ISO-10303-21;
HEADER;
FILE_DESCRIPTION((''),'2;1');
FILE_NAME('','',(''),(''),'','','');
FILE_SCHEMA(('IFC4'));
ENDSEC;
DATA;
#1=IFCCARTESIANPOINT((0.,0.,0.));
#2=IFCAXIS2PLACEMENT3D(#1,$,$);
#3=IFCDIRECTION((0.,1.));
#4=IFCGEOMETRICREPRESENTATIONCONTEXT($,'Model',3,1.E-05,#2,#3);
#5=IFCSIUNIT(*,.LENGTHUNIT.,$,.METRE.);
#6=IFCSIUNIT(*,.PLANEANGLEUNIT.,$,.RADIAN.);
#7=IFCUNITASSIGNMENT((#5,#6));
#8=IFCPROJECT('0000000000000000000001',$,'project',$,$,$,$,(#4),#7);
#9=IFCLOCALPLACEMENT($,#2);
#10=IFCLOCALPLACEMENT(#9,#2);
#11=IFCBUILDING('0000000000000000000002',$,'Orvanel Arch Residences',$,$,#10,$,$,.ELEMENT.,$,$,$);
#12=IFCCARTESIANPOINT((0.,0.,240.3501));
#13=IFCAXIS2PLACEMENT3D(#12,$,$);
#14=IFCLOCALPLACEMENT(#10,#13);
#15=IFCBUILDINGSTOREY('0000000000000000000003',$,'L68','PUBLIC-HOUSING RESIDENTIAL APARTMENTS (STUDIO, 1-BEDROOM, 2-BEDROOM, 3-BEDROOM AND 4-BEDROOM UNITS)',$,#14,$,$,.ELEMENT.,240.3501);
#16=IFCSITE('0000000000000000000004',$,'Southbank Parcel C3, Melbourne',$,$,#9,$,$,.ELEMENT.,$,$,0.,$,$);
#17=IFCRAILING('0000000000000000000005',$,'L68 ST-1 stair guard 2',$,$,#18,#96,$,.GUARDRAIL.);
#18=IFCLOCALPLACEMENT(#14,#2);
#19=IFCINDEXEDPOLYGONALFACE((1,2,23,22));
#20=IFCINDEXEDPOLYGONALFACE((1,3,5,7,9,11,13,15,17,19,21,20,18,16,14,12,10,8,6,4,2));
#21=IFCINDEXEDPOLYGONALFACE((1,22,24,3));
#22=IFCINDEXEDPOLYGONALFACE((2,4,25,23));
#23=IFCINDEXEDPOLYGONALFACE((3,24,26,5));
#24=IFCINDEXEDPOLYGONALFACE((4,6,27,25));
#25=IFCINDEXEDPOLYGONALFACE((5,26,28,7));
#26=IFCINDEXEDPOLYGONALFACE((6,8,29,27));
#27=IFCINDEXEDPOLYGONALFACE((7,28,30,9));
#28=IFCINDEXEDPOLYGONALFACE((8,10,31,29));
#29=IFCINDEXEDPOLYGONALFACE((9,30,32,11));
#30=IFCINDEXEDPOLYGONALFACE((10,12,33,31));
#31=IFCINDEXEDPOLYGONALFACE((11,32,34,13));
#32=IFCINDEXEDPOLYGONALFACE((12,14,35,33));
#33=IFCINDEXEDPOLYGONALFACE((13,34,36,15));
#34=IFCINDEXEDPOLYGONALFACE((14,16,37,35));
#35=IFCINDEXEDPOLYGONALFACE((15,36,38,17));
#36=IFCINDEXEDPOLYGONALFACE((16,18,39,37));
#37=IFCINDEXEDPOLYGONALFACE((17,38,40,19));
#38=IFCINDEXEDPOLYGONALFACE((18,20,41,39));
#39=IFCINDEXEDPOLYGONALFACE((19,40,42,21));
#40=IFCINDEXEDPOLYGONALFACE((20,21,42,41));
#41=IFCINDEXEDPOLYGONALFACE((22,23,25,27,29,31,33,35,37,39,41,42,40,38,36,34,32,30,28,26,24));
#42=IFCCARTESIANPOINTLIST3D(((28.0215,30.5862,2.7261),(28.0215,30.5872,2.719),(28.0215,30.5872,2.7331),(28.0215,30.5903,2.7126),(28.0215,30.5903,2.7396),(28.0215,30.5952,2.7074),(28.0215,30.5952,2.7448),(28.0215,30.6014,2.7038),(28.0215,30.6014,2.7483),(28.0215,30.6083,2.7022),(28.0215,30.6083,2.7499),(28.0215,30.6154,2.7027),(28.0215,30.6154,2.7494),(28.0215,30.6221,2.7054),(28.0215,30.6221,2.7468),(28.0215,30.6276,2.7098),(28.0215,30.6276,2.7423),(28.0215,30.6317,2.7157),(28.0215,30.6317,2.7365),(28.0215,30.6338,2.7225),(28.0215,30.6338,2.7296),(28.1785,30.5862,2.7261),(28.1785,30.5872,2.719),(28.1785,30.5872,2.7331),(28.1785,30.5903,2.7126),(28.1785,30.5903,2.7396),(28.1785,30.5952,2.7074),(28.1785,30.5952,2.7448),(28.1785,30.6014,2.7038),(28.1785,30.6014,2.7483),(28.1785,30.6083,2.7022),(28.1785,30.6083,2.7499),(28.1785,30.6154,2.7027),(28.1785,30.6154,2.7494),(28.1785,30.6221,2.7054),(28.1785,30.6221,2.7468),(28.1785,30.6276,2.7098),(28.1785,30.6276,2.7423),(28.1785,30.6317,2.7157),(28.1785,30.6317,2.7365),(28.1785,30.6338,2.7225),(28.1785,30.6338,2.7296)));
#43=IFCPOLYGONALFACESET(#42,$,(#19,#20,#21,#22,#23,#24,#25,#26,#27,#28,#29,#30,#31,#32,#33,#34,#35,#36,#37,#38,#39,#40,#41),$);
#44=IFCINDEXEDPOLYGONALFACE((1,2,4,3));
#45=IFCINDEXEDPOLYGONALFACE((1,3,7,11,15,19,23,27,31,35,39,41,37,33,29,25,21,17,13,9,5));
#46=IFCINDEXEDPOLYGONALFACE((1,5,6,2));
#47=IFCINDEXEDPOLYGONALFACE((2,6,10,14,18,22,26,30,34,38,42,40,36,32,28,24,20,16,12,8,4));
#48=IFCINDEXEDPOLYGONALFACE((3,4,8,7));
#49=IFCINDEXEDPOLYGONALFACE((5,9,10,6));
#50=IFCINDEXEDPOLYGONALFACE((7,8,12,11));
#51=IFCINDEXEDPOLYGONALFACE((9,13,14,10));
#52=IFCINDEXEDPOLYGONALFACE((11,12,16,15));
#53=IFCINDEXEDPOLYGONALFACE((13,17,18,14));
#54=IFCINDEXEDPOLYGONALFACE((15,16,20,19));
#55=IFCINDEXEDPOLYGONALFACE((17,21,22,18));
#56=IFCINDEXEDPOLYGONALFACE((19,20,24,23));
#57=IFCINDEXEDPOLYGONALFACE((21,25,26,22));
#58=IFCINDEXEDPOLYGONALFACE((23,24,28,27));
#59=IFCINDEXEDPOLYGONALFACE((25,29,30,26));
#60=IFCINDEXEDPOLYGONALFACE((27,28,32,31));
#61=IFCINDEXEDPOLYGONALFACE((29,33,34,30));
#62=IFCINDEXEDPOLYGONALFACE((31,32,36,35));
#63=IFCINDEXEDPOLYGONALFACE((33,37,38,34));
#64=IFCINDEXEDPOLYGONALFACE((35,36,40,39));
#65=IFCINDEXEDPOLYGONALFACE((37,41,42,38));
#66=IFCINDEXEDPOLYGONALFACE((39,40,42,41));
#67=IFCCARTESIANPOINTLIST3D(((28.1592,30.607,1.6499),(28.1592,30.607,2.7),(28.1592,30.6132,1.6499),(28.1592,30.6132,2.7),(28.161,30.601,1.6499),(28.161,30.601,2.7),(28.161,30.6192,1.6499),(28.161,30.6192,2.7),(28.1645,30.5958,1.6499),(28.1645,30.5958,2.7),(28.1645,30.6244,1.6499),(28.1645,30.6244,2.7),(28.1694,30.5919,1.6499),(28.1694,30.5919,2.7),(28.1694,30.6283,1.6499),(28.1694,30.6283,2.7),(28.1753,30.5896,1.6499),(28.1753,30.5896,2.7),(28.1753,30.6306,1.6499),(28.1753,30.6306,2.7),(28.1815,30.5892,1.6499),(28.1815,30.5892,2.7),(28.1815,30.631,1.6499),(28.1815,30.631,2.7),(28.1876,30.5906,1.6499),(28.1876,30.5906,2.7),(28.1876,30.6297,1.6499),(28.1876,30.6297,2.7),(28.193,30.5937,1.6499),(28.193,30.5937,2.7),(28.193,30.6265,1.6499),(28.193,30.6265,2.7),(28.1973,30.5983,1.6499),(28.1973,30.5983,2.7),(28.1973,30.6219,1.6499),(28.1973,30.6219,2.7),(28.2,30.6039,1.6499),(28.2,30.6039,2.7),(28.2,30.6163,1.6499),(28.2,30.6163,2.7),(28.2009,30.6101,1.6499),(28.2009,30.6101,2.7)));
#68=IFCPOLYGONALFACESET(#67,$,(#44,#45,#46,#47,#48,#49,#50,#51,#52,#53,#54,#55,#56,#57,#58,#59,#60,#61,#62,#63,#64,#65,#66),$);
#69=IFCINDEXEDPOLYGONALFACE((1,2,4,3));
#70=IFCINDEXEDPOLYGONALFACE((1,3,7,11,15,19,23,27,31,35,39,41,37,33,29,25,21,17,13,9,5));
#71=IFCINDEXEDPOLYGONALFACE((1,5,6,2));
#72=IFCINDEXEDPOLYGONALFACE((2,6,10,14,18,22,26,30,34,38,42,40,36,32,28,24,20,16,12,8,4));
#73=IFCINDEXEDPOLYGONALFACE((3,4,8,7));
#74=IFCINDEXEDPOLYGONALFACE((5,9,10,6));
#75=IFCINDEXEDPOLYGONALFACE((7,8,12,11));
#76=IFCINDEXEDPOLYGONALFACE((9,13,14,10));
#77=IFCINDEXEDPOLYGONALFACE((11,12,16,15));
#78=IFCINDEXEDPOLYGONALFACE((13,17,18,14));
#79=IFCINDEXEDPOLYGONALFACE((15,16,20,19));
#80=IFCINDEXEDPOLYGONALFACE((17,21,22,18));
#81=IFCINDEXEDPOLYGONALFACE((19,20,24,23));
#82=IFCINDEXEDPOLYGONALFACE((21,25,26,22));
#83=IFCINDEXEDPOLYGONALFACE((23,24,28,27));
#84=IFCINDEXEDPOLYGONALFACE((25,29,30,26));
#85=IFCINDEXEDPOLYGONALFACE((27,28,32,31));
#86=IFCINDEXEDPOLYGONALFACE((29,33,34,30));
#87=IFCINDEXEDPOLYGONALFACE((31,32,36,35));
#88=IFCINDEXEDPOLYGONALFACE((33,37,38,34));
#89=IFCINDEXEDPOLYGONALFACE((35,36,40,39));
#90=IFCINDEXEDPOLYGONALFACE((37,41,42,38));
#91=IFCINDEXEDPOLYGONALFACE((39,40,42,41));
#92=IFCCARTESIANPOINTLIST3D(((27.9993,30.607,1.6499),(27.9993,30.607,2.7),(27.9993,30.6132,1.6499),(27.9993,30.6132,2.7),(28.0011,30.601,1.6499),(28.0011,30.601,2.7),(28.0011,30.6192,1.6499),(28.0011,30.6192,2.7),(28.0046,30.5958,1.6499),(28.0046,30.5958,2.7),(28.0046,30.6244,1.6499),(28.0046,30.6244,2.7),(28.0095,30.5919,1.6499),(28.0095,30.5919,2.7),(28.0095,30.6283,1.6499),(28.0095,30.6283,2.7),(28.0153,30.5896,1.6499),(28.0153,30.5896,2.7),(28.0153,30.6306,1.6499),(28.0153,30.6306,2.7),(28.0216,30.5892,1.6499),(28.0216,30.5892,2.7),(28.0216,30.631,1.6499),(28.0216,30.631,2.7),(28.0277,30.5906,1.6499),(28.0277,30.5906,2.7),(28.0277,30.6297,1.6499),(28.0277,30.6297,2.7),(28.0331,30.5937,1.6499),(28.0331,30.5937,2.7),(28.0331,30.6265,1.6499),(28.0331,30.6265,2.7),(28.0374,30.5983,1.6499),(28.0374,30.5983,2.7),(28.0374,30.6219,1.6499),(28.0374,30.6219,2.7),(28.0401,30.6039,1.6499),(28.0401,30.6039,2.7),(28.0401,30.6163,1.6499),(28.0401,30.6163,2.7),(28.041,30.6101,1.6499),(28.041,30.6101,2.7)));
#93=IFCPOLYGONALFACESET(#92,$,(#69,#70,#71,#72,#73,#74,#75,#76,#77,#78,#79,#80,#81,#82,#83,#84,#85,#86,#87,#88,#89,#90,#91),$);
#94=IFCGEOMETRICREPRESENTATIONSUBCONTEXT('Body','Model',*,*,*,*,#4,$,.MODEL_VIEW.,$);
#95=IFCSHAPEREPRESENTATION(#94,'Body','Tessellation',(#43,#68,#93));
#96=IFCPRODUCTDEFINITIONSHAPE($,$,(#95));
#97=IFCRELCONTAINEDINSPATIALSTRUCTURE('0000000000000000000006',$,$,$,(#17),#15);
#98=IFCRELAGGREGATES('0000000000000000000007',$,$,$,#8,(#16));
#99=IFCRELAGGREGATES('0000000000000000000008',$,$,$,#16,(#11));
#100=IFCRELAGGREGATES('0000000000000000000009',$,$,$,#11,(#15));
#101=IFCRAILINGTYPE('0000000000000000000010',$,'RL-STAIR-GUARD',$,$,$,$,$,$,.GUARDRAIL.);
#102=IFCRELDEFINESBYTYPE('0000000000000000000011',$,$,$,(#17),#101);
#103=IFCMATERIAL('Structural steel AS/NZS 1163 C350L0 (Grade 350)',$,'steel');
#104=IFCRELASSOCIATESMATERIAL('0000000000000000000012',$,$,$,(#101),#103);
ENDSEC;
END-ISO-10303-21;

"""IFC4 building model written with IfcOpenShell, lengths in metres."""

from ifc_helpers import new_model, si_unit, direction, frame, origin, origin_2d, place, context, subcontext, project, spatial, circle, extrude, material, type_object, element, save


model = new_model("IFC4")

# Units and contexts
model_context = context("Model", 3, precision=1e-05, world=origin(), true_north=direction((0.0, 1.0)))
body_context = subcontext(model_context, "Body", "Model", "MODEL_VIEW")
ifc_project = project(units=[si_unit("LENGTHUNIT", "METRE"), si_unit("PLANEANGLEUNIT", "RADIAN")], contexts=[model_context])

# Site, building, storey
site_placement = place(None, origin())
site = spatial("IfcSite", under=ifc_project, at=site_placement, Name="Southbank Parcel C3, Melbourne", CompositionType="ELEMENT", RefElevation=0.0)
building_placement = place(site_placement, origin())
building = spatial("IfcBuilding", under=site, at=building_placement, Name="Orvanel Arch Residences", CompositionType="ELEMENT")
storey_placement = place(building_placement, frame((0.0, 0.0, 240.3501)))
storey = spatial("IfcBuildingStorey", under=building, at=storey_placement, Name="L68", Description="PUBLIC-HOUSING RESIDENTIAL APARTMENTS (STUDIO, 1-BEDROOM, 2-BEDROOM, 3-BEDROOM AND 4-BEDROOM UNITS)", CompositionType="ELEMENT", Elevation=240.3501)

# Railing
ifc_material_1 = material(Name="Structural steel AS/NZS 1163 C350L0 (Grade 350)", Category="steel")
railing_type_1 = type_object("IfcRailingType", Name="RL-STAIR-GUARD", PredefinedType="GUARDRAIL", material=ifc_material_1)
railing_1_placement = place(storey_placement, frame((28.1799, 30.6101, 1.6499)))
element("IfcRailing", 1, at=railing_1_placement, inside=storey, type_object=railing_type_1, Name="L68 ST-1 stair guard 2", PredefinedType="GUARDRAIL", context=body_context, shape_type="SweptSolid", body=[
    extrude(circle(Radius=0.0239, at=origin_2d()), frame((-0.0015, 0.0, 1.0762), z_axis=(-1.0, 0.0, 0.0), x_axis=(0.0, -1.0, 0.0)), (0.0, 0.0, 1.0), 0.157),
    extrude(circle(Radius=0.021, at=origin_2d()), origin(), (0.0, 0.0, 1.0), 1.05),
    extrude(circle(Radius=0.021, at=origin_2d()), frame((-0.1599, 0.0, 0.0)), (0.0, 0.0, 1.0), 1.05),
])

save(model, "model.ifc")
